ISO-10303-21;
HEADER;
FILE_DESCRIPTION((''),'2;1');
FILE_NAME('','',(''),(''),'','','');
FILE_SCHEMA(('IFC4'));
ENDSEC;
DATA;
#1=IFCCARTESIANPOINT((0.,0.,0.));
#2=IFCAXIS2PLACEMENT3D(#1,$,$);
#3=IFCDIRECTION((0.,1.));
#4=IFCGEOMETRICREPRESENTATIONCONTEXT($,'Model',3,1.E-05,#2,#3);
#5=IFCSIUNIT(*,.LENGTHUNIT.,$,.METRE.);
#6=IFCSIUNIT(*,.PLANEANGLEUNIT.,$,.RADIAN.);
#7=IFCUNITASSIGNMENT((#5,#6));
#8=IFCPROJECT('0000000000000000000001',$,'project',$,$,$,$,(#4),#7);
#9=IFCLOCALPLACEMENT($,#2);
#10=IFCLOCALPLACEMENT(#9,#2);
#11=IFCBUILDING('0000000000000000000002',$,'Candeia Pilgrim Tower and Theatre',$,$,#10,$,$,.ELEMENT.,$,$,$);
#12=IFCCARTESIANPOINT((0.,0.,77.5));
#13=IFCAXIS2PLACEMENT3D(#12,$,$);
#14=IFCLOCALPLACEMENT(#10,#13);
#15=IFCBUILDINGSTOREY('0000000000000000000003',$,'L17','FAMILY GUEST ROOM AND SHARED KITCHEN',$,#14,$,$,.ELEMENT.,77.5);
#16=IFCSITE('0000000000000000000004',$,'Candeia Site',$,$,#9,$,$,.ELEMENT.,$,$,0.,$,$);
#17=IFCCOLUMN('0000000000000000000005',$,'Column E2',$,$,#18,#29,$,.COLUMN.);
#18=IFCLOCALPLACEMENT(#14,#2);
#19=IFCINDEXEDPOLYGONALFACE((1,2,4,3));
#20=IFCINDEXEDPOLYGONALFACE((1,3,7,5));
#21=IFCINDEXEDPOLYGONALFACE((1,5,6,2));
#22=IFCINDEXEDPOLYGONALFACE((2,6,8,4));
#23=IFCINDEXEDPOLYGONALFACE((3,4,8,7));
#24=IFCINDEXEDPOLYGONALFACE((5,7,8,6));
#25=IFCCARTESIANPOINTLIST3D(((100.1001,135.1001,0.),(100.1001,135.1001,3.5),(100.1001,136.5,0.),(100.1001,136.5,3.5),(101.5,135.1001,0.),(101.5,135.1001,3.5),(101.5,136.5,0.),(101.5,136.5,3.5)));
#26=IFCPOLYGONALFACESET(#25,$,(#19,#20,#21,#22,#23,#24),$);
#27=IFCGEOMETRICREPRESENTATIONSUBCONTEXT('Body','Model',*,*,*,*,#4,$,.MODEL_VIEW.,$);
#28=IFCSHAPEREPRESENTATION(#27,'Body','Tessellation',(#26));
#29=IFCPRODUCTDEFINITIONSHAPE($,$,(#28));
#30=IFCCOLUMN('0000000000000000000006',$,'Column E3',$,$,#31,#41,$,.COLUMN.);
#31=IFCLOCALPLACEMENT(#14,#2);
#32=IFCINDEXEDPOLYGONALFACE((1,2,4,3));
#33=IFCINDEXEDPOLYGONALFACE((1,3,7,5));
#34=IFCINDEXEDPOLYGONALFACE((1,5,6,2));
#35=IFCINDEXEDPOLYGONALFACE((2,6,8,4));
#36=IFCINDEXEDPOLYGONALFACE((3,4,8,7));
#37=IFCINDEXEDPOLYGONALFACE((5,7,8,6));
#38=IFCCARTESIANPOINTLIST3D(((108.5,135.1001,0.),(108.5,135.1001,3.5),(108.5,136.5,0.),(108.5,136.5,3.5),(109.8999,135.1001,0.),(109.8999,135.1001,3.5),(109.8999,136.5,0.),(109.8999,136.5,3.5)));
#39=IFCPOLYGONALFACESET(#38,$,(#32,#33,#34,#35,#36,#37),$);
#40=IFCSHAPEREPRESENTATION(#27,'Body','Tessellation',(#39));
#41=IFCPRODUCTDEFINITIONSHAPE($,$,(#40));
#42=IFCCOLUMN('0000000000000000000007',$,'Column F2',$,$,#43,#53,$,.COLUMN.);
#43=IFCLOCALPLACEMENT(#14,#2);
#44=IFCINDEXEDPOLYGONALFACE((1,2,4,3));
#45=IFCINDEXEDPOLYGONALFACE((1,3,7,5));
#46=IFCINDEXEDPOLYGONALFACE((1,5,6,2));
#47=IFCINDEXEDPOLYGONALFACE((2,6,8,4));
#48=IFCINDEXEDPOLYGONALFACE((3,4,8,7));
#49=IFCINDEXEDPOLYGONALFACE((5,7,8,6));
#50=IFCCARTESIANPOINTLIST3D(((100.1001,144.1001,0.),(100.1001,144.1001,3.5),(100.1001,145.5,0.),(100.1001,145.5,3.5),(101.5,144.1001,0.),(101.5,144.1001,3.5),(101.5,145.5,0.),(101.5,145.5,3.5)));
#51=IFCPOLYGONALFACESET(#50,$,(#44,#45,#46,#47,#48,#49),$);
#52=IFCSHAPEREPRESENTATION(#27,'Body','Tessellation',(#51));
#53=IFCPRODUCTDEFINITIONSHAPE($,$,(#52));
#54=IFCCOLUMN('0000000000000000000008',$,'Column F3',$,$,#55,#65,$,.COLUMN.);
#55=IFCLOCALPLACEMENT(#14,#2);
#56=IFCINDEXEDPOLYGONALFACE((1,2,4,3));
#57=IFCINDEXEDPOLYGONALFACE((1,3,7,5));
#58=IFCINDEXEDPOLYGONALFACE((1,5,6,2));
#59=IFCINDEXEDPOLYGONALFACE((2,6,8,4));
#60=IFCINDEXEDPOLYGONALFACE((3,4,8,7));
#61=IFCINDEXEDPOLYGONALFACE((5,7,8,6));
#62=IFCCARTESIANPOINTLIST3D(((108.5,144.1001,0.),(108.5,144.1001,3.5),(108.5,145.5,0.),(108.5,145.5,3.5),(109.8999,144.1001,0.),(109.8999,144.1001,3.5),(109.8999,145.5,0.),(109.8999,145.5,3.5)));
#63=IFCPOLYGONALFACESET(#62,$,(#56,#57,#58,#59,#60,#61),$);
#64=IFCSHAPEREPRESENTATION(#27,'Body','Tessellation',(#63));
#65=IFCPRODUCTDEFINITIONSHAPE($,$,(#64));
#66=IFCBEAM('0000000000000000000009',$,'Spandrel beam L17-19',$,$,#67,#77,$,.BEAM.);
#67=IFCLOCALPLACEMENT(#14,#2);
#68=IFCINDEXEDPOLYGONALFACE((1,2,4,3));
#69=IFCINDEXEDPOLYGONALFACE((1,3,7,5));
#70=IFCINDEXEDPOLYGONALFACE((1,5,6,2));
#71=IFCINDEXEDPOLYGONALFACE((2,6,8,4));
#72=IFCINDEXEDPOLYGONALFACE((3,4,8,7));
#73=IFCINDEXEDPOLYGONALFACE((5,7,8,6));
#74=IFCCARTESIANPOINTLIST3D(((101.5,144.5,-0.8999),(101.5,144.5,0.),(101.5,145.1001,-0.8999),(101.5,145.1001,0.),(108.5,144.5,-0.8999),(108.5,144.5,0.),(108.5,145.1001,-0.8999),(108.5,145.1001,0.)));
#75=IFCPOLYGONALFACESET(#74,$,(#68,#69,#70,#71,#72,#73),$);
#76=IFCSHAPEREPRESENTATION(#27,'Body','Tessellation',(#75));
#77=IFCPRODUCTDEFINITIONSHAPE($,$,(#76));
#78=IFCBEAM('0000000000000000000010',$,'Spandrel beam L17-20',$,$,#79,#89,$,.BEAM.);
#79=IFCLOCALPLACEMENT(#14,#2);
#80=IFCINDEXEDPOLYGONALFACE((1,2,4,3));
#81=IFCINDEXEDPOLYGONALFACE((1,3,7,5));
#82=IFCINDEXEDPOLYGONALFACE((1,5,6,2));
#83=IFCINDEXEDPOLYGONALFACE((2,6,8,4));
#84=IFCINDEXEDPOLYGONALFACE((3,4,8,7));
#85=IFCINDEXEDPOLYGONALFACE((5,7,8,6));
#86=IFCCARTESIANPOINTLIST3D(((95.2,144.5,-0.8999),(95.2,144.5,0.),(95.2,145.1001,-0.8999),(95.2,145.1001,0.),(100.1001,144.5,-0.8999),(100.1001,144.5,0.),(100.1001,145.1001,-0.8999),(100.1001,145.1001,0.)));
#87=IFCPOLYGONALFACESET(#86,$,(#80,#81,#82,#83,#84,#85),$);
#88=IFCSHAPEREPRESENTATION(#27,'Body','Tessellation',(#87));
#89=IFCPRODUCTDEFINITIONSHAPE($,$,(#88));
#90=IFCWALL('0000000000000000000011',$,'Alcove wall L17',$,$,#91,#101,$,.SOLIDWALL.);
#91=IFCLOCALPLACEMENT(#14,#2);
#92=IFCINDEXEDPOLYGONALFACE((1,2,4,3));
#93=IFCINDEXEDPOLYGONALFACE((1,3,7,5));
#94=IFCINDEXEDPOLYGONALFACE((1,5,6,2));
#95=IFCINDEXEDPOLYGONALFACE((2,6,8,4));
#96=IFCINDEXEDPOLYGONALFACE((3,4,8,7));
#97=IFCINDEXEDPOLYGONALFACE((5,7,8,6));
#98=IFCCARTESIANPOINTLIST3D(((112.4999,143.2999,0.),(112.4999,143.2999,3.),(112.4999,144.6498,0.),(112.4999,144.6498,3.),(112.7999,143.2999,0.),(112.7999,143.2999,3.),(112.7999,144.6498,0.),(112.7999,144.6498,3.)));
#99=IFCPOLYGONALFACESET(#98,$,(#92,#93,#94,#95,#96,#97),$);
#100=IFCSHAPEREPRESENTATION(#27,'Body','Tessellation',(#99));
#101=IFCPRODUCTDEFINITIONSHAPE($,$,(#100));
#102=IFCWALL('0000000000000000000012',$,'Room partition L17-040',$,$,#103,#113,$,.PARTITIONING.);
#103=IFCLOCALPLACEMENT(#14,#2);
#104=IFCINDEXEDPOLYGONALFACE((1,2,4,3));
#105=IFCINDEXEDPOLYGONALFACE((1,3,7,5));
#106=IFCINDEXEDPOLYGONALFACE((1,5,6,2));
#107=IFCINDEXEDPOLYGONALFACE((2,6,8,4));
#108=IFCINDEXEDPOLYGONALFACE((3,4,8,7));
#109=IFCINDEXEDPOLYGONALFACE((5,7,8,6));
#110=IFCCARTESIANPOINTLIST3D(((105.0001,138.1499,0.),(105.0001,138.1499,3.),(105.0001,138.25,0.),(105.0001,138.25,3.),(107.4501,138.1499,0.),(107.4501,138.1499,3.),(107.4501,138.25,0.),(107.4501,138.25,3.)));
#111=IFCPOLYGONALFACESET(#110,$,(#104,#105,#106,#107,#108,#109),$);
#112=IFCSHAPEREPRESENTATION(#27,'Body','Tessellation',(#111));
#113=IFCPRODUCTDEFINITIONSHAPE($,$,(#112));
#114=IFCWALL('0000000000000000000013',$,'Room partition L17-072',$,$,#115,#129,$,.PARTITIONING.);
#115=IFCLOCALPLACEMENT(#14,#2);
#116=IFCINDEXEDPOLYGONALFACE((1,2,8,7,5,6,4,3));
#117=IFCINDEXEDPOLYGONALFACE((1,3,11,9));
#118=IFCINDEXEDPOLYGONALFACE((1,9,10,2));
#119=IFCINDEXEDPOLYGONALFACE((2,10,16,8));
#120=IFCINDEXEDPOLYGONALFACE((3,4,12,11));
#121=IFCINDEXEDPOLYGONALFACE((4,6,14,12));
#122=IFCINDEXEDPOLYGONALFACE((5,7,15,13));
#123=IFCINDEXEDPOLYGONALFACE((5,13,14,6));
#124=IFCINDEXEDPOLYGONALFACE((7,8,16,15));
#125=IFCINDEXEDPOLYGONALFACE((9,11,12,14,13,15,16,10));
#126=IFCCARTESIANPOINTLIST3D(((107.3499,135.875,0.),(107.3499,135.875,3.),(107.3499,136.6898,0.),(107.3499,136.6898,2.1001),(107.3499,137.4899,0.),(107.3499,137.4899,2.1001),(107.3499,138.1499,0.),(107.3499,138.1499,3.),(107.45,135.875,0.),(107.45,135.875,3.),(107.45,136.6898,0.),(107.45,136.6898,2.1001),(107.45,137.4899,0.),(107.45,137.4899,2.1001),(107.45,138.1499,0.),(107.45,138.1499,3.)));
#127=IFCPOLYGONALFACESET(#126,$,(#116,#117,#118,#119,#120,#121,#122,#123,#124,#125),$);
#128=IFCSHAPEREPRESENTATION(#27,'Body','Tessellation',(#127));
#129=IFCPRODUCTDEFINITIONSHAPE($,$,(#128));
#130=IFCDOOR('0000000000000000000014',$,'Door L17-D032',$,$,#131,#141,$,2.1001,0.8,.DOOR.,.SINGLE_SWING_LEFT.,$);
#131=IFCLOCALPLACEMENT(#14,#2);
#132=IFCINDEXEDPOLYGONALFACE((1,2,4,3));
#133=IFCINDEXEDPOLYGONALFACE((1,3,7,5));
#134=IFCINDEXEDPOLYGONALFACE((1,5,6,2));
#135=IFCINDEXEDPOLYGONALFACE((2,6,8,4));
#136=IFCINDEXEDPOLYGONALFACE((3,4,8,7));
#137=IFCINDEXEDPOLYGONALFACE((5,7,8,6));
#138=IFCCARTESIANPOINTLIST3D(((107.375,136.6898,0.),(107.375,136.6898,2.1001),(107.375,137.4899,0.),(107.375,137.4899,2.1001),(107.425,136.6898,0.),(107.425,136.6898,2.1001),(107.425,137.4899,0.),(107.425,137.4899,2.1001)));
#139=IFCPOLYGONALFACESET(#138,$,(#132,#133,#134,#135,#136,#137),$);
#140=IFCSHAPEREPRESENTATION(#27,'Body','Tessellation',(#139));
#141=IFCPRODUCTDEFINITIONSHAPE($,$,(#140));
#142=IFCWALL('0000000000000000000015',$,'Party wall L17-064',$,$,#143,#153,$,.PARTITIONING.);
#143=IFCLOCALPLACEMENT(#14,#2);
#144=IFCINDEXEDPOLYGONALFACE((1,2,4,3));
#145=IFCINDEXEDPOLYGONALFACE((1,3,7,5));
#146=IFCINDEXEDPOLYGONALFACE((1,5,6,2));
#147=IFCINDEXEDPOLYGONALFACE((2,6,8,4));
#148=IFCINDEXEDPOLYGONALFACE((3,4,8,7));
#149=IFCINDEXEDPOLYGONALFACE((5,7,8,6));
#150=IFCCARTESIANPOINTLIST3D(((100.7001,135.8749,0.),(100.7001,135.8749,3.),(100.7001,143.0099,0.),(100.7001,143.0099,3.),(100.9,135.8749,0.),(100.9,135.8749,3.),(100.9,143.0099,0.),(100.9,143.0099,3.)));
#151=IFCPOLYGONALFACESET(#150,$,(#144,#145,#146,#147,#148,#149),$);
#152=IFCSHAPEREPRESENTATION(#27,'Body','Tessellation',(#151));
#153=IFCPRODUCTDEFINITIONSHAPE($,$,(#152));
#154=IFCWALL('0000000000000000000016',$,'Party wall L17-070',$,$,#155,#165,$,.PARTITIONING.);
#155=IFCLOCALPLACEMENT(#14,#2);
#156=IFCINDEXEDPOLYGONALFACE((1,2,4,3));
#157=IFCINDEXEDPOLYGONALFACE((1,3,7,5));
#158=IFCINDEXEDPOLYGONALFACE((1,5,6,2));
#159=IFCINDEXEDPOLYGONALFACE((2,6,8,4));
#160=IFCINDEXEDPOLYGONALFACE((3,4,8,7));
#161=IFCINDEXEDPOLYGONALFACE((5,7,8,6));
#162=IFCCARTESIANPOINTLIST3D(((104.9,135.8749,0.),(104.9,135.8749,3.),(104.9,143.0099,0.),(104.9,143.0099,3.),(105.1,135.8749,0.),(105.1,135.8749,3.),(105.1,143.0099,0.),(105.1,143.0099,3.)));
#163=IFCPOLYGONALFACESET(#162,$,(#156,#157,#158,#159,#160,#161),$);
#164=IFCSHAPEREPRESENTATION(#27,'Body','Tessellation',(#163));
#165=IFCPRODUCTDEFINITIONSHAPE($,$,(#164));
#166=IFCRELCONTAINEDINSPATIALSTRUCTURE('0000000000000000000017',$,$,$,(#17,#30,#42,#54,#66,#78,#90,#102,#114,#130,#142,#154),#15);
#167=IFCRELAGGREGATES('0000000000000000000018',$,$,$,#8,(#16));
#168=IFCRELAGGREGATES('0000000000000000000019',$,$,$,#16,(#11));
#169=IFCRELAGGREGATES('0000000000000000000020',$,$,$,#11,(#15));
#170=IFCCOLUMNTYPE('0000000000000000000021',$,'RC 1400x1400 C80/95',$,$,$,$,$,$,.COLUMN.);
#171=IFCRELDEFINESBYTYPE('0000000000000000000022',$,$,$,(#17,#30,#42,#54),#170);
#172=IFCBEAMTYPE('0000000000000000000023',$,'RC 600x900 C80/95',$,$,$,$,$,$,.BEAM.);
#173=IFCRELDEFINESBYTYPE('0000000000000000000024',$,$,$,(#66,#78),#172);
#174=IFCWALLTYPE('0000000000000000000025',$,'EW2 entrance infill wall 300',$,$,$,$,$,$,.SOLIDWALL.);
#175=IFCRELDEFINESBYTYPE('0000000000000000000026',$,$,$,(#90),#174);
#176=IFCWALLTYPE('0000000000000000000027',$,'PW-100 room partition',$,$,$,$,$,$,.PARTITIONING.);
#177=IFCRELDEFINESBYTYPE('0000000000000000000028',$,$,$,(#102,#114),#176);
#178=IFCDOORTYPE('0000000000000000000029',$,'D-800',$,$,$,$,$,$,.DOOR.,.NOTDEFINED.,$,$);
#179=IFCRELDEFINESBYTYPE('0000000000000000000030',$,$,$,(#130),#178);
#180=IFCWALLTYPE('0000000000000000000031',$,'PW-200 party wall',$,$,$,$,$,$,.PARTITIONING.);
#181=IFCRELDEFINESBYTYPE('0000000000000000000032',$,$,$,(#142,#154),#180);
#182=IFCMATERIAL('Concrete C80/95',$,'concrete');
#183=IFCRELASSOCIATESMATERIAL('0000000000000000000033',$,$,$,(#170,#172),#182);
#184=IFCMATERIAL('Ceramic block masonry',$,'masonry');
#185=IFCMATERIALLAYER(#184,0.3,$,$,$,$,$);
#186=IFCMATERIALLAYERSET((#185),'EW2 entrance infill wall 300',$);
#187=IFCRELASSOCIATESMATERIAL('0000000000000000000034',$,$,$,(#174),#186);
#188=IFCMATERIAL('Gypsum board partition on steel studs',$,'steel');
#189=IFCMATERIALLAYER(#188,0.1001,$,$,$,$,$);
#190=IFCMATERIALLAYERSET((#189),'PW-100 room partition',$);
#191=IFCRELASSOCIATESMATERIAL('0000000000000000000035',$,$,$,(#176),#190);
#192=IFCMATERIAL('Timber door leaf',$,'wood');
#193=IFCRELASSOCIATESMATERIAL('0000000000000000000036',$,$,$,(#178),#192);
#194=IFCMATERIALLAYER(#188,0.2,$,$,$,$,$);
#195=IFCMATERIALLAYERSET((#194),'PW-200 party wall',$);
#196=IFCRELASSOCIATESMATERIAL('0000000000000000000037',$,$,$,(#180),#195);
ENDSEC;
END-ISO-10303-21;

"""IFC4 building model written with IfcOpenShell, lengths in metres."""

from ifc_helpers import new_model, si_unit, direction, frame, frame_2d, origin, origin_2d, place, context, subcontext, project, spatial, rectangle, extrude, material, layer, layer_set, material_profile, profile_set, type_object, element, fill, save


model = new_model("IFC4")

# Units and contexts
model_context = context("Model", 3, precision=1e-05, world=origin(), true_north=direction((0.0, 1.0)))
body_context = subcontext(model_context, "Body", "Model", "MODEL_VIEW")
ifc_project = project(units=[si_unit("LENGTHUNIT", "METRE"), si_unit("PLANEANGLEUNIT", "RADIAN")], contexts=[model_context])

# Site, building, storey
site_placement = place(None, origin())
site = spatial("IfcSite", under=ifc_project, at=site_placement, Name="Candeia Site", CompositionType="ELEMENT", RefElevation=0.0)
building_placement = place(site_placement, origin())
building = spatial("IfcBuilding", under=site, at=building_placement, Name="Candeia Pilgrim Tower and Theatre", CompositionType="ELEMENT")
storey_placement = place(building_placement, frame((0.0, 0.0, 77.5)))
storey = spatial("IfcBuildingStorey", under=building, at=storey_placement, Name="L17", Description="FAMILY GUEST ROOM AND SHARED KITCHEN", CompositionType="ELEMENT", Elevation=77.5)

# Columns
ifc_material_1 = material(Name="Concrete C80/95", Category="concrete")
ifc_material_profile_1 = material_profile(ifc_material_1, rectangle(XDim=1.3999, YDim=1.3999, at=origin_2d()))
ifc_profile_set_1 = profile_set([ifc_material_profile_1], Name="Concrete C80/95")
column_type = type_object("IfcColumnType", Name="RC 1400x1400 C80/95", PredefinedType="COLUMN", material=ifc_profile_set_1)
for number, where, z_axis, x_axis, name in (
    (1, (100.8, 135.8, 0.0), (0.0, 0.0, 1.0), (1.0, 0.0, 0.0), "Column E2"),
    (2, (109.2, 135.8, 0.0), (0.0, 0.0, 1.0), (1.0, 0.0, 0.0), "Column E3"),
    (3, (100.8, 144.8, 0.0), (0.0, 0.0, 1.0), (1.0, 0.0, 0.0), "Column F2"),
    (4, (109.2, 144.8, 0.0), (0.0, 0.0, 1.0), (1.0, 0.0, 0.0), "Column F3"),
):
    element("IfcColumn", number, at=place(storey_placement, frame(where, z_axis=z_axis, x_axis=x_axis)), inside=storey, type_object=column_type, Name=name, PredefinedType="COLUMN", context=body_context, shape_type="SweptSolid", body=[
        extrude(rectangle(XDim=1.3999, YDim=1.3999, at=origin_2d()), origin(), (0.0, 0.0, 1.0), 3.5),
    ])

# Beams
ifc_material_profile_2 = material_profile(ifc_material_1, rectangle(XDim=0.6001, YDim=0.8999, at=origin_2d()))
ifc_profile_set_2 = profile_set([ifc_material_profile_2], Name="Concrete C80/95")
beam_type = type_object("IfcBeamType", Name="RC 600x900 C80/95", PredefinedType="BEAM", material=ifc_profile_set_2)
beam_1_placement = place(storey_placement, frame((108.5, 144.8, -0.45), z_axis=(-1.0, 0.0, 0.0), x_axis=(0.0, -1.0, 0.0)))
element("IfcBeam", 5, at=beam_1_placement, inside=storey, type_object=beam_type, Name="Spandrel beam L17-19", PredefinedType="BEAM", context=body_context, shape_type="SweptSolid", body=[
    extrude(rectangle(XDim=0.6001, YDim=0.8999, at=origin_2d()), origin(), (0.0, 0.0, 1.0), 7.0),
])
beam_2_placement = place(storey_placement, frame((100.1001, 144.8, -0.45), z_axis=(-1.0, 0.0, 0.0), x_axis=(0.0, -1.0, 0.0)))
element("IfcBeam", 6, at=beam_2_placement, inside=storey, type_object=beam_type, Name="Spandrel beam L17-20", PredefinedType="BEAM", context=body_context, shape_type="SweptSolid", body=[
    extrude(rectangle(XDim=0.6001, YDim=0.8999, at=origin_2d()), origin(), (0.0, 0.0, 1.0), 4.9001),
])

# Shared definitions
ifc_material_2 = material(Name="Ceramic block masonry", Category="masonry")

# Walls
ifc_layer_1 = layer(ifc_material_2, 0.3)
ifc_layer_set_1 = layer_set([ifc_layer_1], Name="EW2 entrance infill wall 300")
wall_type_1 = type_object("IfcWallType", Name="EW2 entrance infill wall 300", PredefinedType="SOLIDWALL", material=ifc_layer_set_1)
wall_1_placement = place(storey_placement, frame((112.6499, 143.3, 0.0), z_axis=(0.0, 0.0, 1.0), x_axis=(0.0, 1.0, 0.0)))
element("IfcWall", 7, at=wall_1_placement, inside=storey, type_object=wall_type_1, Name="Alcove wall L17", PredefinedType="SOLIDWALL", context=body_context, shape_type="SweptSolid", body=[
    extrude(rectangle(XDim=1.3499, YDim=0.3, at=frame_2d((0.6748, 0.0))), origin(), (0.0, 0.0, 1.0), 3.0),
])
ifc_material_3 = material(Name="Gypsum board partition on steel studs", Category="steel")
ifc_layer_2 = layer(ifc_material_3, 0.1001)
ifc_layer_set_2 = layer_set([ifc_layer_2], Name="PW-100 room partition")
wall_type_2 = type_object("IfcWallType", Name="PW-100 room partition", PredefinedType="PARTITIONING", material=ifc_layer_set_2)
wall_2_placement = place(storey_placement, frame((105.0, 138.2, 0.0), z_axis=(0.0, 0.0, 1.0), x_axis=(1.0, 0.0, 0.0)))
element("IfcWall", 8, at=wall_2_placement, inside=storey, type_object=wall_type_2, Name="Room partition L17-040", PredefinedType="PARTITIONING", context=body_context, shape_type="SweptSolid", body=[
    extrude(rectangle(XDim=2.45, YDim=0.1001, at=frame_2d((1.2251, 0.0))), origin(), (0.0, 0.0, 1.0), 3.0),
])

# Wall, opening, door
wall_3_placement = place(storey_placement, frame((107.3999, 135.875, 0.0), z_axis=(0.0, 0.0, 1.0), x_axis=(0.0, 1.0, 0.0)))
wall_3 = element("IfcWall", 9, at=wall_3_placement, inside=storey, type_object=wall_type_2, Name="Room partition L17-072", PredefinedType="PARTITIONING", context=body_context, shape_type="SweptSolid", body=[
    extrude(rectangle(XDim=2.2749, YDim=0.1001, at=frame_2d((1.1375, 0.0))), origin(), (0.0, 0.0, 1.0), 3.0),
])
opening_1_placement = place(wall_3_placement, frame((0.8149, 0.0, 0.0)))
opening_1 = element("IfcOpeningElement", 10, at=opening_1_placement, cuts=wall_3, PredefinedType="OPENING", context=body_context, shape_type="SweptSolid", body=[
    extrude(rectangle(XDim=0.8, YDim=2.1001, at=frame_2d((0.3999, 1.05))), frame((0.0, 0.0601, 0.0), z_axis=(0.0, -1.0, 0.0), x_axis=(1.0, 0.0, 0.0)), (0.0, 0.0, 1.0), 0.1201),
])
ifc_material_4 = material(Name="Timber door leaf", Category="wood")
door_type_1 = type_object("IfcDoorType", Name="D-800", OperationType="NOTDEFINED", PredefinedType="DOOR", material=ifc_material_4)
door_1_placement = place(opening_1_placement, origin())
door_1 = element("IfcDoor", 11, at=door_1_placement, inside=storey, type_object=door_type_1, Name="Door L17-D032", OperationType="SINGLE_SWING_LEFT", OverallHeight=2.1001, OverallWidth=0.8, PredefinedType="DOOR", context=body_context, shape_type="SweptSolid", body=[
    extrude(rectangle(XDim=0.8, YDim=2.1001, at=frame_2d((0.3999, 1.05))), frame((0.0, 0.0249, 0.0), z_axis=(0.0, -1.0, 0.0), x_axis=(1.0, 0.0, 0.0)), (0.0, 0.0, 1.0), 0.05),
])
fill(opening_1, door_1)

# Walls
ifc_layer_3 = layer(ifc_material_3, 0.2)
ifc_layer_set_3 = layer_set([ifc_layer_3], Name="PW-200 party wall")
wall_type_3 = type_object("IfcWallType", Name="PW-200 party wall", PredefinedType="PARTITIONING", material=ifc_layer_set_3)
for number, where, z_axis, x_axis, name in (
    (12, (100.8, 135.875, 0.0), (0.0, 0.0, 1.0), (0.0, 1.0, 0.0), "Party wall L17-064"),
    (13, (105.0, 135.875, 0.0), (0.0, 0.0, 1.0), (0.0, 1.0, 0.0), "Party wall L17-070"),
):
    element("IfcWall", number, at=place(storey_placement, frame(where, z_axis=z_axis, x_axis=x_axis)), inside=storey, type_object=wall_type_3, Name=name, PredefinedType="PARTITIONING", context=body_context, shape_type="SweptSolid", body=[
        extrude(rectangle(XDim=7.135, YDim=0.2, at=frame_2d((3.5674, 0.0))), origin(), (0.0, 0.0, 1.0), 3.0),
    ])

save(model, "model.ifc")
